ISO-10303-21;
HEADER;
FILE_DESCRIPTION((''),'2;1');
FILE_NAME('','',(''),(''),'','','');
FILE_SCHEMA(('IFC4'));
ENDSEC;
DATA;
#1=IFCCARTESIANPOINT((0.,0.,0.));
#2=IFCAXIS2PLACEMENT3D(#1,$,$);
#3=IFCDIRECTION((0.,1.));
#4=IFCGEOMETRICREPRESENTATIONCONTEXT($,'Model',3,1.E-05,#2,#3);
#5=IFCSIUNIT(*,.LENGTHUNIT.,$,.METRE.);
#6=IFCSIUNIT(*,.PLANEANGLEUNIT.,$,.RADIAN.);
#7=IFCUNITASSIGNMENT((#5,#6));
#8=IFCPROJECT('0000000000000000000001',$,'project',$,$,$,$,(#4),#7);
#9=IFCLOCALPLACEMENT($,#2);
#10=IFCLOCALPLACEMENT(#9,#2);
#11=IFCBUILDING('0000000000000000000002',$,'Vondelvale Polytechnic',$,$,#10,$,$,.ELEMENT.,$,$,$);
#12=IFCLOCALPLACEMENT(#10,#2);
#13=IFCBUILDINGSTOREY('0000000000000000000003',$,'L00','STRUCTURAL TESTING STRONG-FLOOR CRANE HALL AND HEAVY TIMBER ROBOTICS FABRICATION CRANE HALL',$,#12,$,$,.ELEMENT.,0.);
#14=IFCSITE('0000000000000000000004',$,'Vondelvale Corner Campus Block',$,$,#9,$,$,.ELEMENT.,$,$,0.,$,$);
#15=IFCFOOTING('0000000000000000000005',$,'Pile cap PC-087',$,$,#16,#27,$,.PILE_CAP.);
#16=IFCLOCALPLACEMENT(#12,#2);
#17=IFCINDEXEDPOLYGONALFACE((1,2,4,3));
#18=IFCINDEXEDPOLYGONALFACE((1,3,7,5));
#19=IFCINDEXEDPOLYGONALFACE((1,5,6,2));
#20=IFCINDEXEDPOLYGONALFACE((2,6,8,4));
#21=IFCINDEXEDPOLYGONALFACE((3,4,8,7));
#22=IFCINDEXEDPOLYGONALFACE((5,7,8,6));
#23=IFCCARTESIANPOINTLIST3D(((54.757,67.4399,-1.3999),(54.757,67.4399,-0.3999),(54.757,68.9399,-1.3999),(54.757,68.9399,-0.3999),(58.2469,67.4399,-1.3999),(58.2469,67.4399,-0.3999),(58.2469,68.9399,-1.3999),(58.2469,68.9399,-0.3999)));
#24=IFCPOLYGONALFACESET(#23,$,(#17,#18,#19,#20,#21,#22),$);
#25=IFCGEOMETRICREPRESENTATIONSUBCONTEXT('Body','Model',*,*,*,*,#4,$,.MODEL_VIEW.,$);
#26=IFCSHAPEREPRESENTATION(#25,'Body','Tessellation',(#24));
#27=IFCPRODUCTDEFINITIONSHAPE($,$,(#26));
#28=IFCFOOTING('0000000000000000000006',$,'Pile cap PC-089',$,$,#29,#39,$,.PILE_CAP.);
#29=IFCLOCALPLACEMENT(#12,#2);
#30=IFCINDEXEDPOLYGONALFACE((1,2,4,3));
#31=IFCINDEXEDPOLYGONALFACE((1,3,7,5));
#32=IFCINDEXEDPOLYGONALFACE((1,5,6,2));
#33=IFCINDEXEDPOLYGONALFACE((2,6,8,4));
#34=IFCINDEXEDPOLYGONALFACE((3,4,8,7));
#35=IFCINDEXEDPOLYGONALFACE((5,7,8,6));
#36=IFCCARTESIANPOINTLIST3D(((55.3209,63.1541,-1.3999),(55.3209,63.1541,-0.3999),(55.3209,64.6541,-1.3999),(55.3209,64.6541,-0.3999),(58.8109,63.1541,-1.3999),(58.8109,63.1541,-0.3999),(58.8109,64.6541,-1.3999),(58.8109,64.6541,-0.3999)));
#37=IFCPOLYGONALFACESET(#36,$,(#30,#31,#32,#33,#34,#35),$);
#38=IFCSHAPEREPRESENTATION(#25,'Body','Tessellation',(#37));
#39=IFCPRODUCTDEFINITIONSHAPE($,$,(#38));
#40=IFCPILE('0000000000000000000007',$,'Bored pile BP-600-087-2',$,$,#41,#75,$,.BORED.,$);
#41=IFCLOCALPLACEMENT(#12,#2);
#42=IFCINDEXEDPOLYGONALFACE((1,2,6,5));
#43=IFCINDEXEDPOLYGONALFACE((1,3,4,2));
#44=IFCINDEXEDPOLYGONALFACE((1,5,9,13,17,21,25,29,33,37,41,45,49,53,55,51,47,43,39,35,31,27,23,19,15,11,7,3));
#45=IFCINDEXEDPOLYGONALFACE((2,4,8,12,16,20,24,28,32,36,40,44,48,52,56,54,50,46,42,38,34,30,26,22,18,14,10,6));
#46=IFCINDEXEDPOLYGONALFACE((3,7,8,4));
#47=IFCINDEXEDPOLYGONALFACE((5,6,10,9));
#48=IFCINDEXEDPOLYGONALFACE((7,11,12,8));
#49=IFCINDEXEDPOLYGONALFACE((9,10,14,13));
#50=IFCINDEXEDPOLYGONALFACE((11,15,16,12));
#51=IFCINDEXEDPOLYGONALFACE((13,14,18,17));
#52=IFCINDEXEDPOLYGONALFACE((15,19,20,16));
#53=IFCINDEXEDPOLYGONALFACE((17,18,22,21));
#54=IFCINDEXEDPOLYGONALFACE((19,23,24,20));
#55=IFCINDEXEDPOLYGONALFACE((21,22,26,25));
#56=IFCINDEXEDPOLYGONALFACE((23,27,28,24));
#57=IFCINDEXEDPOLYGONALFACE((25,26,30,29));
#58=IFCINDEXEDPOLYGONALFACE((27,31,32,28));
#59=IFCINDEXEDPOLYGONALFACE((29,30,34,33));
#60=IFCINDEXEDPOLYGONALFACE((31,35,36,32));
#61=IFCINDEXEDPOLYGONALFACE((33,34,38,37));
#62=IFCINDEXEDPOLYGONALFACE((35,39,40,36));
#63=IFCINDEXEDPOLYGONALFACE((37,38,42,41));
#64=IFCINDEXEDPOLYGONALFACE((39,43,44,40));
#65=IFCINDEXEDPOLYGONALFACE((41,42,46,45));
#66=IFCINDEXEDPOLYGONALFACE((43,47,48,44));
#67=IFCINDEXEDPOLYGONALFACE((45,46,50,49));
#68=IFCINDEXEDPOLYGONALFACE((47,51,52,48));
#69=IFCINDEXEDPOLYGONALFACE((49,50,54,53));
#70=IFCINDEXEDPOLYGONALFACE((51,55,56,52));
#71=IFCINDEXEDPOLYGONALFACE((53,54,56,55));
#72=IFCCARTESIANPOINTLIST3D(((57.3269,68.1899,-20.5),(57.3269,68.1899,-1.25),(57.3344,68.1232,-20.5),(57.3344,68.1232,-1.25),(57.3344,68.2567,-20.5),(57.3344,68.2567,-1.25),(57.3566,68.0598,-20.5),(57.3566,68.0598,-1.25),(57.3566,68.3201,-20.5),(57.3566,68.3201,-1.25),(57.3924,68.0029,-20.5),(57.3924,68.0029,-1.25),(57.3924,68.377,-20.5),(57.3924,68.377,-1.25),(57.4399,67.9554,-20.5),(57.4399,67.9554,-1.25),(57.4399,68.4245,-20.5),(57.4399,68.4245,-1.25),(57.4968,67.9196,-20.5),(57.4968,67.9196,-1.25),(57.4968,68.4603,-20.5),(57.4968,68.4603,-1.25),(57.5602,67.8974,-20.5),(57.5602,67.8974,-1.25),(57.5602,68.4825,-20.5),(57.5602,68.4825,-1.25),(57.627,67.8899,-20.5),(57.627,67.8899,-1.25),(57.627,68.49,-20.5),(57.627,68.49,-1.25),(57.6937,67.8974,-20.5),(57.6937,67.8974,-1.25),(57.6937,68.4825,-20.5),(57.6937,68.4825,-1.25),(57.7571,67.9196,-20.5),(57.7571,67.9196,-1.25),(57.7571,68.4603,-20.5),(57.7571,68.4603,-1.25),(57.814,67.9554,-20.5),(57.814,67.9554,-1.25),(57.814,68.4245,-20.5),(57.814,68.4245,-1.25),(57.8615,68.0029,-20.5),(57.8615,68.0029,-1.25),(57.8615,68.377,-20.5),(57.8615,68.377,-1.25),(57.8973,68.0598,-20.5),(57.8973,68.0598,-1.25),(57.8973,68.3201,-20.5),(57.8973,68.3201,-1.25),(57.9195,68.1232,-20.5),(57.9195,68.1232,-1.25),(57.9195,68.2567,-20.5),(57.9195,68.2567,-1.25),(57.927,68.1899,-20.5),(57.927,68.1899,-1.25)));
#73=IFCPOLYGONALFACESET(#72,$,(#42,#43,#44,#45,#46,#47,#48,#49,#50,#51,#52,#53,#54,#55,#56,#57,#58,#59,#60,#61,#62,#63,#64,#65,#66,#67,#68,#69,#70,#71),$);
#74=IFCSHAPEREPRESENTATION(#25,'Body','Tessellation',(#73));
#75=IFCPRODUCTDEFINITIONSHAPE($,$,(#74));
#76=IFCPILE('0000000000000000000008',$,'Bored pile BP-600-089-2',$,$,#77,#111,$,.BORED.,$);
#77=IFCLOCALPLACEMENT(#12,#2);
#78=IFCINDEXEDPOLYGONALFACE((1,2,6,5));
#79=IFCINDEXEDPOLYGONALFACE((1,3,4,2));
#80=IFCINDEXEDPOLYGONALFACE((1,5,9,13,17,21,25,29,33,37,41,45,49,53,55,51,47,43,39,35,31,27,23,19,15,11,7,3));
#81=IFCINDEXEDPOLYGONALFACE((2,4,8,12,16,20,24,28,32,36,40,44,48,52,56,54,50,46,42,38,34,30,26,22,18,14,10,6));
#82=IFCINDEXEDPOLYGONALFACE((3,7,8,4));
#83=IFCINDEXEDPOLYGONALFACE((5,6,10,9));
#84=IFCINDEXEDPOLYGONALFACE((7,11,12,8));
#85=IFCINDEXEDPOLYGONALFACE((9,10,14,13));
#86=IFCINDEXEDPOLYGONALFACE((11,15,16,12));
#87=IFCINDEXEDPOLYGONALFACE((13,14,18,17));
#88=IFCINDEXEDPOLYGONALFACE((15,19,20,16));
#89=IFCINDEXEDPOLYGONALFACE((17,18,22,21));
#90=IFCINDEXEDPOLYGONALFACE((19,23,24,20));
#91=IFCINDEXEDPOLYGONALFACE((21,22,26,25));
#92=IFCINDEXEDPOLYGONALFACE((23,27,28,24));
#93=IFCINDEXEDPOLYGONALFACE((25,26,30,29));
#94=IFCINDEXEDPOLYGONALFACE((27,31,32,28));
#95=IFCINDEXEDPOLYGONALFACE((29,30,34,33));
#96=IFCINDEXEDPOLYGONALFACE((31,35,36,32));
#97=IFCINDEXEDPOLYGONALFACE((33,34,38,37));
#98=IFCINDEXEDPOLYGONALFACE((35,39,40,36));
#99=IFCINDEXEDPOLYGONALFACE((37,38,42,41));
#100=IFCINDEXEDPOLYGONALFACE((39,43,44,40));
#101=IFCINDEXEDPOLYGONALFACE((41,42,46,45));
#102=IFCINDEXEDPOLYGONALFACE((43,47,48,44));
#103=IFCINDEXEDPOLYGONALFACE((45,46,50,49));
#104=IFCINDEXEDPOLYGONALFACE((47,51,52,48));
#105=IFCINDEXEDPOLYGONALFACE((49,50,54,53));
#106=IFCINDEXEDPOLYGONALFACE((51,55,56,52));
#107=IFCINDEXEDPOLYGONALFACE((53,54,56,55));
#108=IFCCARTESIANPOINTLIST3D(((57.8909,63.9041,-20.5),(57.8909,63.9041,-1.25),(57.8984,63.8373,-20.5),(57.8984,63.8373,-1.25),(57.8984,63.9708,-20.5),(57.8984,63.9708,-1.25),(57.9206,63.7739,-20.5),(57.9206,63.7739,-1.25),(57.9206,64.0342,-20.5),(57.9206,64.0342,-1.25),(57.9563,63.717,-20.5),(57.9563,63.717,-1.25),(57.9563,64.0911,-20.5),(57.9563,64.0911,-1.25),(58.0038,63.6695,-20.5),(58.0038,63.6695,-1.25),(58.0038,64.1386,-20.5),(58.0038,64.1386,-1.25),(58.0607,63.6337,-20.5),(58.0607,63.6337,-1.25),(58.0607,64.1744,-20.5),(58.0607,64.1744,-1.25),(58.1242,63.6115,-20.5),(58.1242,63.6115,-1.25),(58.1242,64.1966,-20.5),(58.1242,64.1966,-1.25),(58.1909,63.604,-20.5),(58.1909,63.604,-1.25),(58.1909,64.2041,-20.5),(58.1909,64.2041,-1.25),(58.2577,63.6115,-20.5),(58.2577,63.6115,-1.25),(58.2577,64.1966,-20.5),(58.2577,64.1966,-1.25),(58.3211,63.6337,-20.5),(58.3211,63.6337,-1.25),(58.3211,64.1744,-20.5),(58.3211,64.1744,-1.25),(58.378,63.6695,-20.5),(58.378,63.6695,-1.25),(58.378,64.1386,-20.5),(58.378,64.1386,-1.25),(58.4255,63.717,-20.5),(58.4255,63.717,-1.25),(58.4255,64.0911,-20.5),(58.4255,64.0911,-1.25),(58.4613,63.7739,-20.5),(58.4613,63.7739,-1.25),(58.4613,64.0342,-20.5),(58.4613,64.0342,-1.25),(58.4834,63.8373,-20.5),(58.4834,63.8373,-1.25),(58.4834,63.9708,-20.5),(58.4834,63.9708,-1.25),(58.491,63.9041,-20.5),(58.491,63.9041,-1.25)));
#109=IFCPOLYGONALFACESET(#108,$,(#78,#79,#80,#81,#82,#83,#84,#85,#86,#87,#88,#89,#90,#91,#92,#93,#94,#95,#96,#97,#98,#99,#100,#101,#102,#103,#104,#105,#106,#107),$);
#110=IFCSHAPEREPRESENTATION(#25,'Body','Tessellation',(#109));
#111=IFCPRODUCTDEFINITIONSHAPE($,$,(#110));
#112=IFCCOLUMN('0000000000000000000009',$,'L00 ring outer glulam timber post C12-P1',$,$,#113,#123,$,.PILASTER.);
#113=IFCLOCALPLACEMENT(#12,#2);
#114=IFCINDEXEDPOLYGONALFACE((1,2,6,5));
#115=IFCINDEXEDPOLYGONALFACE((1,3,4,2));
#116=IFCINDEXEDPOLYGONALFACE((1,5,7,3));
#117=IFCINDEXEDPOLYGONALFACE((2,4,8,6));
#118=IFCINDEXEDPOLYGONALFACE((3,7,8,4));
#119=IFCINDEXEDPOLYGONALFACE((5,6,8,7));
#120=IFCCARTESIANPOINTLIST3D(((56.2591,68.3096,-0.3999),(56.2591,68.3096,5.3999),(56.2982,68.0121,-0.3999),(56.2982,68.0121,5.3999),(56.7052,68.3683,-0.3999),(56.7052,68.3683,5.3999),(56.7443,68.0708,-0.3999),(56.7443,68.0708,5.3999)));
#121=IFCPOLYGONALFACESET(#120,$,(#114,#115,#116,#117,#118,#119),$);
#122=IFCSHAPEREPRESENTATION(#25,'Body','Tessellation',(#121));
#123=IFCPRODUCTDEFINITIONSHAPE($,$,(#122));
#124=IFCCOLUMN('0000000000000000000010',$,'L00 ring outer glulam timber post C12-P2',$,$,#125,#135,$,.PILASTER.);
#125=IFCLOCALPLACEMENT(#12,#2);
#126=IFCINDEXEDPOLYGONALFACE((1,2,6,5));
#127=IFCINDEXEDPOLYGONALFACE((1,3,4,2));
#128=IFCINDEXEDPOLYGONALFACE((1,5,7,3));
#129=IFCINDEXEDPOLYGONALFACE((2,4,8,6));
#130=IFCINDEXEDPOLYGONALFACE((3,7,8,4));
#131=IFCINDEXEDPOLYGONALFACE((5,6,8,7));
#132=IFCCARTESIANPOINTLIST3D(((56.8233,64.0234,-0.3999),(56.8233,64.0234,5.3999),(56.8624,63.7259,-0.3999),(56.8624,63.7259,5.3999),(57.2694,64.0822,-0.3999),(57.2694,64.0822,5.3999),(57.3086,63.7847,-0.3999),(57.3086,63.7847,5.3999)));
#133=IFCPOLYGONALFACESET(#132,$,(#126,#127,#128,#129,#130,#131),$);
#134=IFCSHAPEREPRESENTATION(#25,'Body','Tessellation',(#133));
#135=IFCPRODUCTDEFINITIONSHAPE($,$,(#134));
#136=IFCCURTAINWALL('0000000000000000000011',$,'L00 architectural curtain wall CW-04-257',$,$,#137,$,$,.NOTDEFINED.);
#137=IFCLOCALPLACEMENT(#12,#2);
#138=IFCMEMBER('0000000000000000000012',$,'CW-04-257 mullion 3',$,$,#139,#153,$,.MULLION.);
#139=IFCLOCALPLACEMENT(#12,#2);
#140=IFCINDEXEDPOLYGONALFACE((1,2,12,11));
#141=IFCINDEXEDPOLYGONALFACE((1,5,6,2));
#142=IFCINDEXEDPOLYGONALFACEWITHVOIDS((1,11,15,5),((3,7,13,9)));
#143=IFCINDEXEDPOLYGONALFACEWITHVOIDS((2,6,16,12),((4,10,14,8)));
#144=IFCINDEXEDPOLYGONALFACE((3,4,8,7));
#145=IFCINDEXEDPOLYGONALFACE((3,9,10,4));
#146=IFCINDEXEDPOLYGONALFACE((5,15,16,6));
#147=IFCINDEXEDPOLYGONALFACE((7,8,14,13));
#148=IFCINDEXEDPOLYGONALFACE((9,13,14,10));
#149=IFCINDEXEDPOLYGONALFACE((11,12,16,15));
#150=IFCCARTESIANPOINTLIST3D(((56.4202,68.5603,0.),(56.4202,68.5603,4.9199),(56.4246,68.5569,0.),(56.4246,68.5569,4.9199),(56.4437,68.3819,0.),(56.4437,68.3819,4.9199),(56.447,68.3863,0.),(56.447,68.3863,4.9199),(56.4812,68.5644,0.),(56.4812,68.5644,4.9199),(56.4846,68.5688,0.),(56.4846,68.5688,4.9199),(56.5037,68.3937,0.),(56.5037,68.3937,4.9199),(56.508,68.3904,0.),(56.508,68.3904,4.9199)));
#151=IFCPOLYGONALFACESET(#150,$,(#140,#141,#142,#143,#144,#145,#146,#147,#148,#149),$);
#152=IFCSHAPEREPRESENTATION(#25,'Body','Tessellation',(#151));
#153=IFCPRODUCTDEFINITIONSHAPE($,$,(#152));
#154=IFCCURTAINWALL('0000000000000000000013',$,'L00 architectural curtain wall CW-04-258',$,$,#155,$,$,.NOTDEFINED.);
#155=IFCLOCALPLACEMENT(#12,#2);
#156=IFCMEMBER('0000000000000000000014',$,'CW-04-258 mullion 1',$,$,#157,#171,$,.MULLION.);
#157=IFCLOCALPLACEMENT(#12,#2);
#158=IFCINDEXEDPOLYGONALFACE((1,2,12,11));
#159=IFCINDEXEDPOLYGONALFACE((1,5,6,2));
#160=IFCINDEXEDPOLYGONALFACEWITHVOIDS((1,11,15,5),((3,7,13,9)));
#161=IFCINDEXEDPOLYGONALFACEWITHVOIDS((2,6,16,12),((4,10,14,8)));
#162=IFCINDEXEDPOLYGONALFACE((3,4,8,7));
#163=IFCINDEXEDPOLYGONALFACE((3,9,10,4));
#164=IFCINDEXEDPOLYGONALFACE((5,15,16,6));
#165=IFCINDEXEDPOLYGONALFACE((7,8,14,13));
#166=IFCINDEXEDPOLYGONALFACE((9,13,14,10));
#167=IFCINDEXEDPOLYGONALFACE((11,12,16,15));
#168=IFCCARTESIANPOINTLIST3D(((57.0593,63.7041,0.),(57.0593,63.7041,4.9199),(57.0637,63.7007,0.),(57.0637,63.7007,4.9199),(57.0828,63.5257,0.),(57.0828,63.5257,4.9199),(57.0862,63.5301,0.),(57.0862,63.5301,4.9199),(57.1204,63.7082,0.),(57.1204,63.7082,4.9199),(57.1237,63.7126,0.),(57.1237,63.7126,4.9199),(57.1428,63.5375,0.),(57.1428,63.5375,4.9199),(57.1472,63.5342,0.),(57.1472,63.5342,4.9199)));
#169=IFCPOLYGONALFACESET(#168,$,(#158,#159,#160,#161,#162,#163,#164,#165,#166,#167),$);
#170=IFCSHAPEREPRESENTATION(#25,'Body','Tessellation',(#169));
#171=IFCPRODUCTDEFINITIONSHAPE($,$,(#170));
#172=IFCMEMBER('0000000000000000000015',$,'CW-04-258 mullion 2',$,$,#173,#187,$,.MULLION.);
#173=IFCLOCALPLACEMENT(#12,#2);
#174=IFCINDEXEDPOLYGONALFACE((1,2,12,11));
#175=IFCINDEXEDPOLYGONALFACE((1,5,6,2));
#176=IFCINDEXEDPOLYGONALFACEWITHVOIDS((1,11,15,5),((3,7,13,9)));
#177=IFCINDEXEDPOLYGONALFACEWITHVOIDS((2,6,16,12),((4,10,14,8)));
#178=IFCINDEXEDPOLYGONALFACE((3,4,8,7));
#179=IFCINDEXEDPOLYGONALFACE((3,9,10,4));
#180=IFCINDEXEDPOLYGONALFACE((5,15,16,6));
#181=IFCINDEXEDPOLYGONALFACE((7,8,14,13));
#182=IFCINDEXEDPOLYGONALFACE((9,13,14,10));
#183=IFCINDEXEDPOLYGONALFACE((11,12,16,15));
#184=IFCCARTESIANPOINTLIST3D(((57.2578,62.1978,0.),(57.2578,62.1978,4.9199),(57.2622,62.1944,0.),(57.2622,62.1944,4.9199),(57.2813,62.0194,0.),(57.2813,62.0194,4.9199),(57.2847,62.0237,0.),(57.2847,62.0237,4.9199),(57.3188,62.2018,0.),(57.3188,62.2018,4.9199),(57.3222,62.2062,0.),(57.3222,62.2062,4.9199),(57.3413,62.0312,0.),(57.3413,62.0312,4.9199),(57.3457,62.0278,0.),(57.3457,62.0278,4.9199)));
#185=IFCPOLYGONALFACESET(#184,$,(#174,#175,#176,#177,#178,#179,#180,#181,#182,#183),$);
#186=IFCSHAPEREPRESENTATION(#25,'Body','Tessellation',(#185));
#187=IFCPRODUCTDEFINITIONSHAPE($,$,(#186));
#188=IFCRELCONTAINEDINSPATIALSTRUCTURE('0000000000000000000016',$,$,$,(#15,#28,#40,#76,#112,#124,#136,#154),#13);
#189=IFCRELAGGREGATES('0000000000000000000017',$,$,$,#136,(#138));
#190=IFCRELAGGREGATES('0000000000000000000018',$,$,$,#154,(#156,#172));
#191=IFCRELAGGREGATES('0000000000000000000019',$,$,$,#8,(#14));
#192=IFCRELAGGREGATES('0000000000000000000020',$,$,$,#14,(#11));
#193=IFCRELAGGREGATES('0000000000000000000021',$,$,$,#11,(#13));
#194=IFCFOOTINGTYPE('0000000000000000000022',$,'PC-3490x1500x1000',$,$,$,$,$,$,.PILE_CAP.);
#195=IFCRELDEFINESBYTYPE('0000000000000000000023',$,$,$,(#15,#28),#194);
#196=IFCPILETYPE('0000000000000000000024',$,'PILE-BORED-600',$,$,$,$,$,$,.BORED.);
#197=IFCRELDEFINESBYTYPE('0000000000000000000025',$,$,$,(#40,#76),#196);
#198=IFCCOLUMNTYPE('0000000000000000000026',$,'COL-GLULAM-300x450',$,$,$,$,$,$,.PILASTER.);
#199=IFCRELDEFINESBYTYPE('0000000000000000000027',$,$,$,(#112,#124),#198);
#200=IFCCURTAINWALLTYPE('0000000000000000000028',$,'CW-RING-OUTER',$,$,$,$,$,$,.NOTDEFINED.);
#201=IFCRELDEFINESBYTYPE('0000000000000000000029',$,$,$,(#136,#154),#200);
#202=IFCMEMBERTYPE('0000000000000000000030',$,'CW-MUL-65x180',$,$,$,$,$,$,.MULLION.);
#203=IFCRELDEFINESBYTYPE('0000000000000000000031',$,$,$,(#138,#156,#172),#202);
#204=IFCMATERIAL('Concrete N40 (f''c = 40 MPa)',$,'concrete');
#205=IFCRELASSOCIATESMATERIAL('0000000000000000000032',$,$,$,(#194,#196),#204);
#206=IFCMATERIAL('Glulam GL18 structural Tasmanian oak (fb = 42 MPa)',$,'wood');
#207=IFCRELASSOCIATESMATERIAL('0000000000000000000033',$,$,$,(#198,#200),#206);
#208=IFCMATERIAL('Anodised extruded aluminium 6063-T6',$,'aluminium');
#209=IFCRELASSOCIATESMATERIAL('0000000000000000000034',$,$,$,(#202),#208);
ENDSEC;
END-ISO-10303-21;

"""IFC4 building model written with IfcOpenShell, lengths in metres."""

from ifc_helpers import new_model, si_unit, direction, frame, origin, origin_2d, place, context, subcontext, project, spatial, rectangle, hollow_rectangle, circle, extrude, material, material_profile, profile_set, type_object, element, aggregate, save


model = new_model("IFC4")

# Units and contexts
model_context = context("Model", 3, precision=1e-05, world=origin(), true_north=direction((0.0, 1.0)))
body_context = subcontext(model_context, "Body", "Model", "MODEL_VIEW")
ifc_project = project(units=[si_unit("LENGTHUNIT", "METRE"), si_unit("PLANEANGLEUNIT", "RADIAN")], contexts=[model_context])

# Site, building, storey
site_placement = place(None, origin())
site = spatial("IfcSite", under=ifc_project, at=site_placement, Name="Vondelvale Corner Campus Block", CompositionType="ELEMENT", RefElevation=0.0)
building_placement = place(site_placement, origin())
building = spatial("IfcBuilding", under=site, at=building_placement, Name="Vondelvale Polytechnic", CompositionType="ELEMENT")
storey_placement = place(building_placement, origin())
storey = spatial("IfcBuildingStorey", under=building, at=storey_placement, Name="L00", Description="STRUCTURAL TESTING STRONG-FLOOR CRANE HALL AND HEAVY TIMBER ROBOTICS FABRICATION CRANE HALL", CompositionType="ELEMENT", Elevation=0.0)

# Footings
ifc_material_1 = material(Name="Concrete N40 (f'c = 40 MPa)", Category="concrete")
footing_type = type_object("IfcFootingType", Name="PC-3490x1500x1000", PredefinedType="PILE_CAP", material=ifc_material_1)
for number, where, z_axis, x_axis, name in (
    (1, (56.502, 68.1899, -1.3999), (0.0, 0.0, 1.0), (1.0, 0.0, 0.0), "Pile cap PC-087"),
    (2, (57.0659, 63.9041, -1.3999), (0.0, 0.0, 1.0), (1.0, 0.0, 0.0), "Pile cap PC-089"),
):
    element("IfcFooting", number, at=place(storey_placement, frame(where, z_axis=z_axis, x_axis=x_axis)), inside=storey, type_object=footing_type, Name=name, PredefinedType="PILE_CAP", context=body_context, shape_type="SweptSolid", body=[
        extrude(rectangle(XDim=3.49, YDim=1.5, at=origin_2d()), origin(), (0.0, 0.0, 1.0), 1.0),
    ])

# Piles
ifc_material_profile_1 = material_profile(ifc_material_1, circle(Radius=0.3, at=origin_2d()), Name="PILE-D600")
ifc_profile_set_1 = profile_set([ifc_material_profile_1], Name="Concrete N40 (f'c = 40 MPa)")
pile_type = type_object("IfcPileType", Name="PILE-BORED-600", PredefinedType="BORED", material=ifc_profile_set_1)
for number, where, z_axis, x_axis, name in (
    (3, (57.627, 68.1899, -1.25), (0.0, 0.0, -1.0), (1.0, 0.0, 0.0), "Bored pile BP-600-087-2"),
    (4, (58.1909, 63.9041, -1.25), (0.0, 0.0, -1.0), (1.0, 0.0, 0.0), "Bored pile BP-600-089-2"),
):
    element("IfcPile", number, at=place(storey_placement, frame(where, z_axis=z_axis, x_axis=x_axis)), inside=storey, type_object=pile_type, Name=name, PredefinedType="BORED", context=body_context, shape_type="SweptSolid", body=[
        extrude(circle(Radius=0.3, at=origin_2d()), origin(), (0.0, 0.0, 1.0), 19.25),
    ])

# Columns
ifc_material_2 = material(Name="Glulam GL18 structural Tasmanian oak (fb = 42 MPa)", Category="wood")
ifc_material_profile_2 = material_profile(ifc_material_2, rectangle(XDim=0.3, YDim=0.45, at=origin_2d()), Name="GL-POST-300x450")
ifc_profile_set_2 = profile_set([ifc_material_profile_2], Name="Glulam GL18 structural Tasmanian oak (fb = 42 MPa)")
column_type = type_object("IfcColumnType", Name="COL-GLULAM-300x450", PredefinedType="PILASTER", material=ifc_profile_set_2)
for number, where, z_axis, x_axis, name in (
    (5, (56.5017, 68.1902, -0.3999), (0.0, 0.0, 1.0), (-0.130526, 0.991445, 0.0), "L00 ring outer glulam timber post C12-P1"),
    (6, (57.0659, 63.9041, -0.3999), (0.0, 0.0, 1.0), (-0.130526, 0.991445, 0.0), "L00 ring outer glulam timber post C12-P2"),
):
    element("IfcColumn", number, at=place(storey_placement, frame(where, z_axis=z_axis, x_axis=x_axis)), inside=storey, type_object=column_type, Name=name, PredefinedType="PILASTER", context=body_context, shape_type="SweptSolid", body=[
        extrude(rectangle(XDim=0.3, YDim=0.45, at=origin_2d()), origin(), (0.0, 0.0, 1.0), 5.7998),
    ])

# Curtain wall, member
curtain_wall_type = type_object("IfcCurtainWallType", Name="CW-RING-OUTER", PredefinedType="NOTDEFINED", material=ifc_material_2)
curtain_wall_1_placement = place(storey_placement, origin())
curtain_wall_1 = element("IfcCurtainWall", 7, at=curtain_wall_1_placement, inside=storey, type_object=curtain_wall_type, Name="L00 architectural curtain wall CW-04-257", PredefinedType="NOTDEFINED")
ifc_material_3 = material(Name="Anodised extruded aluminium 6063-T6", Category="aluminium")
ifc_material_profile_3 = material_profile(ifc_material_3, hollow_rectangle(XDim=0.0649, YDim=0.1799, WallThickness=0.0039, at=origin_2d()), Name="CW-MUL-180x65")
ifc_profile_set_3 = profile_set([ifc_material_profile_3], Name="Anodised extruded aluminium 6063-T6")
member_type_1 = type_object("IfcMemberType", Name="CW-MUL-65x180", PredefinedType="MULLION", material=ifc_profile_set_3)
member_1_placement = place(storey_placement, frame((56.4641, 68.4753, 0.0), z_axis=(0.0, 0.0, 1.0), x_axis=(0.991445, 0.130524, 0.0)))
member_1 = element("IfcMember", 8, at=member_1_placement, type_object=member_type_1, Name="CW-04-257 mullion 3", PredefinedType="MULLION", context=body_context, shape_type="SweptSolid", body=[
    extrude(hollow_rectangle(XDim=0.0649, YDim=0.1799, WallThickness=0.0039, at=origin_2d()), origin(), (0.0, 0.0, 1.0), 4.9199),
])

# Curtain wall, members
curtain_wall_2_placement = place(storey_placement, origin())
curtain_wall_2 = element("IfcCurtainWall", 9, at=curtain_wall_2_placement, inside=storey, type_object=curtain_wall_type, Name="L00 architectural curtain wall CW-04-258", PredefinedType="NOTDEFINED")
member_2_placement = place(storey_placement, frame((57.1033, 63.6191, 0.0), z_axis=(0.0, 0.0, 1.0), x_axis=(0.991445, 0.130524, 0.0)))
member_2 = element("IfcMember", 10, at=member_2_placement, type_object=member_type_1, Name="CW-04-258 mullion 1", PredefinedType="MULLION", context=body_context, shape_type="SweptSolid", body=[
    extrude(hollow_rectangle(XDim=0.0649, YDim=0.1799, WallThickness=0.0039, at=origin_2d()), origin(), (0.0, 0.0, 1.0), 4.9199),
])
member_3_placement = place(storey_placement, frame((57.3018, 62.1128, 0.0), z_axis=(0.0, 0.0, 1.0), x_axis=(0.991445, 0.130524, 0.0)))
member_3 = element("IfcMember", 11, at=member_3_placement, type_object=member_type_1, Name="CW-04-258 mullion 2", PredefinedType="MULLION", context=body_context, shape_type="SweptSolid", body=[
    extrude(hollow_rectangle(XDim=0.0649, YDim=0.1799, WallThickness=0.0039, at=origin_2d()), origin(), (0.0, 0.0, 1.0), 4.9199),
])

aggregate(curtain_wall_1, [member_1])
aggregate(curtain_wall_2, [member_2, member_3])

save(model, "model.ifc")
